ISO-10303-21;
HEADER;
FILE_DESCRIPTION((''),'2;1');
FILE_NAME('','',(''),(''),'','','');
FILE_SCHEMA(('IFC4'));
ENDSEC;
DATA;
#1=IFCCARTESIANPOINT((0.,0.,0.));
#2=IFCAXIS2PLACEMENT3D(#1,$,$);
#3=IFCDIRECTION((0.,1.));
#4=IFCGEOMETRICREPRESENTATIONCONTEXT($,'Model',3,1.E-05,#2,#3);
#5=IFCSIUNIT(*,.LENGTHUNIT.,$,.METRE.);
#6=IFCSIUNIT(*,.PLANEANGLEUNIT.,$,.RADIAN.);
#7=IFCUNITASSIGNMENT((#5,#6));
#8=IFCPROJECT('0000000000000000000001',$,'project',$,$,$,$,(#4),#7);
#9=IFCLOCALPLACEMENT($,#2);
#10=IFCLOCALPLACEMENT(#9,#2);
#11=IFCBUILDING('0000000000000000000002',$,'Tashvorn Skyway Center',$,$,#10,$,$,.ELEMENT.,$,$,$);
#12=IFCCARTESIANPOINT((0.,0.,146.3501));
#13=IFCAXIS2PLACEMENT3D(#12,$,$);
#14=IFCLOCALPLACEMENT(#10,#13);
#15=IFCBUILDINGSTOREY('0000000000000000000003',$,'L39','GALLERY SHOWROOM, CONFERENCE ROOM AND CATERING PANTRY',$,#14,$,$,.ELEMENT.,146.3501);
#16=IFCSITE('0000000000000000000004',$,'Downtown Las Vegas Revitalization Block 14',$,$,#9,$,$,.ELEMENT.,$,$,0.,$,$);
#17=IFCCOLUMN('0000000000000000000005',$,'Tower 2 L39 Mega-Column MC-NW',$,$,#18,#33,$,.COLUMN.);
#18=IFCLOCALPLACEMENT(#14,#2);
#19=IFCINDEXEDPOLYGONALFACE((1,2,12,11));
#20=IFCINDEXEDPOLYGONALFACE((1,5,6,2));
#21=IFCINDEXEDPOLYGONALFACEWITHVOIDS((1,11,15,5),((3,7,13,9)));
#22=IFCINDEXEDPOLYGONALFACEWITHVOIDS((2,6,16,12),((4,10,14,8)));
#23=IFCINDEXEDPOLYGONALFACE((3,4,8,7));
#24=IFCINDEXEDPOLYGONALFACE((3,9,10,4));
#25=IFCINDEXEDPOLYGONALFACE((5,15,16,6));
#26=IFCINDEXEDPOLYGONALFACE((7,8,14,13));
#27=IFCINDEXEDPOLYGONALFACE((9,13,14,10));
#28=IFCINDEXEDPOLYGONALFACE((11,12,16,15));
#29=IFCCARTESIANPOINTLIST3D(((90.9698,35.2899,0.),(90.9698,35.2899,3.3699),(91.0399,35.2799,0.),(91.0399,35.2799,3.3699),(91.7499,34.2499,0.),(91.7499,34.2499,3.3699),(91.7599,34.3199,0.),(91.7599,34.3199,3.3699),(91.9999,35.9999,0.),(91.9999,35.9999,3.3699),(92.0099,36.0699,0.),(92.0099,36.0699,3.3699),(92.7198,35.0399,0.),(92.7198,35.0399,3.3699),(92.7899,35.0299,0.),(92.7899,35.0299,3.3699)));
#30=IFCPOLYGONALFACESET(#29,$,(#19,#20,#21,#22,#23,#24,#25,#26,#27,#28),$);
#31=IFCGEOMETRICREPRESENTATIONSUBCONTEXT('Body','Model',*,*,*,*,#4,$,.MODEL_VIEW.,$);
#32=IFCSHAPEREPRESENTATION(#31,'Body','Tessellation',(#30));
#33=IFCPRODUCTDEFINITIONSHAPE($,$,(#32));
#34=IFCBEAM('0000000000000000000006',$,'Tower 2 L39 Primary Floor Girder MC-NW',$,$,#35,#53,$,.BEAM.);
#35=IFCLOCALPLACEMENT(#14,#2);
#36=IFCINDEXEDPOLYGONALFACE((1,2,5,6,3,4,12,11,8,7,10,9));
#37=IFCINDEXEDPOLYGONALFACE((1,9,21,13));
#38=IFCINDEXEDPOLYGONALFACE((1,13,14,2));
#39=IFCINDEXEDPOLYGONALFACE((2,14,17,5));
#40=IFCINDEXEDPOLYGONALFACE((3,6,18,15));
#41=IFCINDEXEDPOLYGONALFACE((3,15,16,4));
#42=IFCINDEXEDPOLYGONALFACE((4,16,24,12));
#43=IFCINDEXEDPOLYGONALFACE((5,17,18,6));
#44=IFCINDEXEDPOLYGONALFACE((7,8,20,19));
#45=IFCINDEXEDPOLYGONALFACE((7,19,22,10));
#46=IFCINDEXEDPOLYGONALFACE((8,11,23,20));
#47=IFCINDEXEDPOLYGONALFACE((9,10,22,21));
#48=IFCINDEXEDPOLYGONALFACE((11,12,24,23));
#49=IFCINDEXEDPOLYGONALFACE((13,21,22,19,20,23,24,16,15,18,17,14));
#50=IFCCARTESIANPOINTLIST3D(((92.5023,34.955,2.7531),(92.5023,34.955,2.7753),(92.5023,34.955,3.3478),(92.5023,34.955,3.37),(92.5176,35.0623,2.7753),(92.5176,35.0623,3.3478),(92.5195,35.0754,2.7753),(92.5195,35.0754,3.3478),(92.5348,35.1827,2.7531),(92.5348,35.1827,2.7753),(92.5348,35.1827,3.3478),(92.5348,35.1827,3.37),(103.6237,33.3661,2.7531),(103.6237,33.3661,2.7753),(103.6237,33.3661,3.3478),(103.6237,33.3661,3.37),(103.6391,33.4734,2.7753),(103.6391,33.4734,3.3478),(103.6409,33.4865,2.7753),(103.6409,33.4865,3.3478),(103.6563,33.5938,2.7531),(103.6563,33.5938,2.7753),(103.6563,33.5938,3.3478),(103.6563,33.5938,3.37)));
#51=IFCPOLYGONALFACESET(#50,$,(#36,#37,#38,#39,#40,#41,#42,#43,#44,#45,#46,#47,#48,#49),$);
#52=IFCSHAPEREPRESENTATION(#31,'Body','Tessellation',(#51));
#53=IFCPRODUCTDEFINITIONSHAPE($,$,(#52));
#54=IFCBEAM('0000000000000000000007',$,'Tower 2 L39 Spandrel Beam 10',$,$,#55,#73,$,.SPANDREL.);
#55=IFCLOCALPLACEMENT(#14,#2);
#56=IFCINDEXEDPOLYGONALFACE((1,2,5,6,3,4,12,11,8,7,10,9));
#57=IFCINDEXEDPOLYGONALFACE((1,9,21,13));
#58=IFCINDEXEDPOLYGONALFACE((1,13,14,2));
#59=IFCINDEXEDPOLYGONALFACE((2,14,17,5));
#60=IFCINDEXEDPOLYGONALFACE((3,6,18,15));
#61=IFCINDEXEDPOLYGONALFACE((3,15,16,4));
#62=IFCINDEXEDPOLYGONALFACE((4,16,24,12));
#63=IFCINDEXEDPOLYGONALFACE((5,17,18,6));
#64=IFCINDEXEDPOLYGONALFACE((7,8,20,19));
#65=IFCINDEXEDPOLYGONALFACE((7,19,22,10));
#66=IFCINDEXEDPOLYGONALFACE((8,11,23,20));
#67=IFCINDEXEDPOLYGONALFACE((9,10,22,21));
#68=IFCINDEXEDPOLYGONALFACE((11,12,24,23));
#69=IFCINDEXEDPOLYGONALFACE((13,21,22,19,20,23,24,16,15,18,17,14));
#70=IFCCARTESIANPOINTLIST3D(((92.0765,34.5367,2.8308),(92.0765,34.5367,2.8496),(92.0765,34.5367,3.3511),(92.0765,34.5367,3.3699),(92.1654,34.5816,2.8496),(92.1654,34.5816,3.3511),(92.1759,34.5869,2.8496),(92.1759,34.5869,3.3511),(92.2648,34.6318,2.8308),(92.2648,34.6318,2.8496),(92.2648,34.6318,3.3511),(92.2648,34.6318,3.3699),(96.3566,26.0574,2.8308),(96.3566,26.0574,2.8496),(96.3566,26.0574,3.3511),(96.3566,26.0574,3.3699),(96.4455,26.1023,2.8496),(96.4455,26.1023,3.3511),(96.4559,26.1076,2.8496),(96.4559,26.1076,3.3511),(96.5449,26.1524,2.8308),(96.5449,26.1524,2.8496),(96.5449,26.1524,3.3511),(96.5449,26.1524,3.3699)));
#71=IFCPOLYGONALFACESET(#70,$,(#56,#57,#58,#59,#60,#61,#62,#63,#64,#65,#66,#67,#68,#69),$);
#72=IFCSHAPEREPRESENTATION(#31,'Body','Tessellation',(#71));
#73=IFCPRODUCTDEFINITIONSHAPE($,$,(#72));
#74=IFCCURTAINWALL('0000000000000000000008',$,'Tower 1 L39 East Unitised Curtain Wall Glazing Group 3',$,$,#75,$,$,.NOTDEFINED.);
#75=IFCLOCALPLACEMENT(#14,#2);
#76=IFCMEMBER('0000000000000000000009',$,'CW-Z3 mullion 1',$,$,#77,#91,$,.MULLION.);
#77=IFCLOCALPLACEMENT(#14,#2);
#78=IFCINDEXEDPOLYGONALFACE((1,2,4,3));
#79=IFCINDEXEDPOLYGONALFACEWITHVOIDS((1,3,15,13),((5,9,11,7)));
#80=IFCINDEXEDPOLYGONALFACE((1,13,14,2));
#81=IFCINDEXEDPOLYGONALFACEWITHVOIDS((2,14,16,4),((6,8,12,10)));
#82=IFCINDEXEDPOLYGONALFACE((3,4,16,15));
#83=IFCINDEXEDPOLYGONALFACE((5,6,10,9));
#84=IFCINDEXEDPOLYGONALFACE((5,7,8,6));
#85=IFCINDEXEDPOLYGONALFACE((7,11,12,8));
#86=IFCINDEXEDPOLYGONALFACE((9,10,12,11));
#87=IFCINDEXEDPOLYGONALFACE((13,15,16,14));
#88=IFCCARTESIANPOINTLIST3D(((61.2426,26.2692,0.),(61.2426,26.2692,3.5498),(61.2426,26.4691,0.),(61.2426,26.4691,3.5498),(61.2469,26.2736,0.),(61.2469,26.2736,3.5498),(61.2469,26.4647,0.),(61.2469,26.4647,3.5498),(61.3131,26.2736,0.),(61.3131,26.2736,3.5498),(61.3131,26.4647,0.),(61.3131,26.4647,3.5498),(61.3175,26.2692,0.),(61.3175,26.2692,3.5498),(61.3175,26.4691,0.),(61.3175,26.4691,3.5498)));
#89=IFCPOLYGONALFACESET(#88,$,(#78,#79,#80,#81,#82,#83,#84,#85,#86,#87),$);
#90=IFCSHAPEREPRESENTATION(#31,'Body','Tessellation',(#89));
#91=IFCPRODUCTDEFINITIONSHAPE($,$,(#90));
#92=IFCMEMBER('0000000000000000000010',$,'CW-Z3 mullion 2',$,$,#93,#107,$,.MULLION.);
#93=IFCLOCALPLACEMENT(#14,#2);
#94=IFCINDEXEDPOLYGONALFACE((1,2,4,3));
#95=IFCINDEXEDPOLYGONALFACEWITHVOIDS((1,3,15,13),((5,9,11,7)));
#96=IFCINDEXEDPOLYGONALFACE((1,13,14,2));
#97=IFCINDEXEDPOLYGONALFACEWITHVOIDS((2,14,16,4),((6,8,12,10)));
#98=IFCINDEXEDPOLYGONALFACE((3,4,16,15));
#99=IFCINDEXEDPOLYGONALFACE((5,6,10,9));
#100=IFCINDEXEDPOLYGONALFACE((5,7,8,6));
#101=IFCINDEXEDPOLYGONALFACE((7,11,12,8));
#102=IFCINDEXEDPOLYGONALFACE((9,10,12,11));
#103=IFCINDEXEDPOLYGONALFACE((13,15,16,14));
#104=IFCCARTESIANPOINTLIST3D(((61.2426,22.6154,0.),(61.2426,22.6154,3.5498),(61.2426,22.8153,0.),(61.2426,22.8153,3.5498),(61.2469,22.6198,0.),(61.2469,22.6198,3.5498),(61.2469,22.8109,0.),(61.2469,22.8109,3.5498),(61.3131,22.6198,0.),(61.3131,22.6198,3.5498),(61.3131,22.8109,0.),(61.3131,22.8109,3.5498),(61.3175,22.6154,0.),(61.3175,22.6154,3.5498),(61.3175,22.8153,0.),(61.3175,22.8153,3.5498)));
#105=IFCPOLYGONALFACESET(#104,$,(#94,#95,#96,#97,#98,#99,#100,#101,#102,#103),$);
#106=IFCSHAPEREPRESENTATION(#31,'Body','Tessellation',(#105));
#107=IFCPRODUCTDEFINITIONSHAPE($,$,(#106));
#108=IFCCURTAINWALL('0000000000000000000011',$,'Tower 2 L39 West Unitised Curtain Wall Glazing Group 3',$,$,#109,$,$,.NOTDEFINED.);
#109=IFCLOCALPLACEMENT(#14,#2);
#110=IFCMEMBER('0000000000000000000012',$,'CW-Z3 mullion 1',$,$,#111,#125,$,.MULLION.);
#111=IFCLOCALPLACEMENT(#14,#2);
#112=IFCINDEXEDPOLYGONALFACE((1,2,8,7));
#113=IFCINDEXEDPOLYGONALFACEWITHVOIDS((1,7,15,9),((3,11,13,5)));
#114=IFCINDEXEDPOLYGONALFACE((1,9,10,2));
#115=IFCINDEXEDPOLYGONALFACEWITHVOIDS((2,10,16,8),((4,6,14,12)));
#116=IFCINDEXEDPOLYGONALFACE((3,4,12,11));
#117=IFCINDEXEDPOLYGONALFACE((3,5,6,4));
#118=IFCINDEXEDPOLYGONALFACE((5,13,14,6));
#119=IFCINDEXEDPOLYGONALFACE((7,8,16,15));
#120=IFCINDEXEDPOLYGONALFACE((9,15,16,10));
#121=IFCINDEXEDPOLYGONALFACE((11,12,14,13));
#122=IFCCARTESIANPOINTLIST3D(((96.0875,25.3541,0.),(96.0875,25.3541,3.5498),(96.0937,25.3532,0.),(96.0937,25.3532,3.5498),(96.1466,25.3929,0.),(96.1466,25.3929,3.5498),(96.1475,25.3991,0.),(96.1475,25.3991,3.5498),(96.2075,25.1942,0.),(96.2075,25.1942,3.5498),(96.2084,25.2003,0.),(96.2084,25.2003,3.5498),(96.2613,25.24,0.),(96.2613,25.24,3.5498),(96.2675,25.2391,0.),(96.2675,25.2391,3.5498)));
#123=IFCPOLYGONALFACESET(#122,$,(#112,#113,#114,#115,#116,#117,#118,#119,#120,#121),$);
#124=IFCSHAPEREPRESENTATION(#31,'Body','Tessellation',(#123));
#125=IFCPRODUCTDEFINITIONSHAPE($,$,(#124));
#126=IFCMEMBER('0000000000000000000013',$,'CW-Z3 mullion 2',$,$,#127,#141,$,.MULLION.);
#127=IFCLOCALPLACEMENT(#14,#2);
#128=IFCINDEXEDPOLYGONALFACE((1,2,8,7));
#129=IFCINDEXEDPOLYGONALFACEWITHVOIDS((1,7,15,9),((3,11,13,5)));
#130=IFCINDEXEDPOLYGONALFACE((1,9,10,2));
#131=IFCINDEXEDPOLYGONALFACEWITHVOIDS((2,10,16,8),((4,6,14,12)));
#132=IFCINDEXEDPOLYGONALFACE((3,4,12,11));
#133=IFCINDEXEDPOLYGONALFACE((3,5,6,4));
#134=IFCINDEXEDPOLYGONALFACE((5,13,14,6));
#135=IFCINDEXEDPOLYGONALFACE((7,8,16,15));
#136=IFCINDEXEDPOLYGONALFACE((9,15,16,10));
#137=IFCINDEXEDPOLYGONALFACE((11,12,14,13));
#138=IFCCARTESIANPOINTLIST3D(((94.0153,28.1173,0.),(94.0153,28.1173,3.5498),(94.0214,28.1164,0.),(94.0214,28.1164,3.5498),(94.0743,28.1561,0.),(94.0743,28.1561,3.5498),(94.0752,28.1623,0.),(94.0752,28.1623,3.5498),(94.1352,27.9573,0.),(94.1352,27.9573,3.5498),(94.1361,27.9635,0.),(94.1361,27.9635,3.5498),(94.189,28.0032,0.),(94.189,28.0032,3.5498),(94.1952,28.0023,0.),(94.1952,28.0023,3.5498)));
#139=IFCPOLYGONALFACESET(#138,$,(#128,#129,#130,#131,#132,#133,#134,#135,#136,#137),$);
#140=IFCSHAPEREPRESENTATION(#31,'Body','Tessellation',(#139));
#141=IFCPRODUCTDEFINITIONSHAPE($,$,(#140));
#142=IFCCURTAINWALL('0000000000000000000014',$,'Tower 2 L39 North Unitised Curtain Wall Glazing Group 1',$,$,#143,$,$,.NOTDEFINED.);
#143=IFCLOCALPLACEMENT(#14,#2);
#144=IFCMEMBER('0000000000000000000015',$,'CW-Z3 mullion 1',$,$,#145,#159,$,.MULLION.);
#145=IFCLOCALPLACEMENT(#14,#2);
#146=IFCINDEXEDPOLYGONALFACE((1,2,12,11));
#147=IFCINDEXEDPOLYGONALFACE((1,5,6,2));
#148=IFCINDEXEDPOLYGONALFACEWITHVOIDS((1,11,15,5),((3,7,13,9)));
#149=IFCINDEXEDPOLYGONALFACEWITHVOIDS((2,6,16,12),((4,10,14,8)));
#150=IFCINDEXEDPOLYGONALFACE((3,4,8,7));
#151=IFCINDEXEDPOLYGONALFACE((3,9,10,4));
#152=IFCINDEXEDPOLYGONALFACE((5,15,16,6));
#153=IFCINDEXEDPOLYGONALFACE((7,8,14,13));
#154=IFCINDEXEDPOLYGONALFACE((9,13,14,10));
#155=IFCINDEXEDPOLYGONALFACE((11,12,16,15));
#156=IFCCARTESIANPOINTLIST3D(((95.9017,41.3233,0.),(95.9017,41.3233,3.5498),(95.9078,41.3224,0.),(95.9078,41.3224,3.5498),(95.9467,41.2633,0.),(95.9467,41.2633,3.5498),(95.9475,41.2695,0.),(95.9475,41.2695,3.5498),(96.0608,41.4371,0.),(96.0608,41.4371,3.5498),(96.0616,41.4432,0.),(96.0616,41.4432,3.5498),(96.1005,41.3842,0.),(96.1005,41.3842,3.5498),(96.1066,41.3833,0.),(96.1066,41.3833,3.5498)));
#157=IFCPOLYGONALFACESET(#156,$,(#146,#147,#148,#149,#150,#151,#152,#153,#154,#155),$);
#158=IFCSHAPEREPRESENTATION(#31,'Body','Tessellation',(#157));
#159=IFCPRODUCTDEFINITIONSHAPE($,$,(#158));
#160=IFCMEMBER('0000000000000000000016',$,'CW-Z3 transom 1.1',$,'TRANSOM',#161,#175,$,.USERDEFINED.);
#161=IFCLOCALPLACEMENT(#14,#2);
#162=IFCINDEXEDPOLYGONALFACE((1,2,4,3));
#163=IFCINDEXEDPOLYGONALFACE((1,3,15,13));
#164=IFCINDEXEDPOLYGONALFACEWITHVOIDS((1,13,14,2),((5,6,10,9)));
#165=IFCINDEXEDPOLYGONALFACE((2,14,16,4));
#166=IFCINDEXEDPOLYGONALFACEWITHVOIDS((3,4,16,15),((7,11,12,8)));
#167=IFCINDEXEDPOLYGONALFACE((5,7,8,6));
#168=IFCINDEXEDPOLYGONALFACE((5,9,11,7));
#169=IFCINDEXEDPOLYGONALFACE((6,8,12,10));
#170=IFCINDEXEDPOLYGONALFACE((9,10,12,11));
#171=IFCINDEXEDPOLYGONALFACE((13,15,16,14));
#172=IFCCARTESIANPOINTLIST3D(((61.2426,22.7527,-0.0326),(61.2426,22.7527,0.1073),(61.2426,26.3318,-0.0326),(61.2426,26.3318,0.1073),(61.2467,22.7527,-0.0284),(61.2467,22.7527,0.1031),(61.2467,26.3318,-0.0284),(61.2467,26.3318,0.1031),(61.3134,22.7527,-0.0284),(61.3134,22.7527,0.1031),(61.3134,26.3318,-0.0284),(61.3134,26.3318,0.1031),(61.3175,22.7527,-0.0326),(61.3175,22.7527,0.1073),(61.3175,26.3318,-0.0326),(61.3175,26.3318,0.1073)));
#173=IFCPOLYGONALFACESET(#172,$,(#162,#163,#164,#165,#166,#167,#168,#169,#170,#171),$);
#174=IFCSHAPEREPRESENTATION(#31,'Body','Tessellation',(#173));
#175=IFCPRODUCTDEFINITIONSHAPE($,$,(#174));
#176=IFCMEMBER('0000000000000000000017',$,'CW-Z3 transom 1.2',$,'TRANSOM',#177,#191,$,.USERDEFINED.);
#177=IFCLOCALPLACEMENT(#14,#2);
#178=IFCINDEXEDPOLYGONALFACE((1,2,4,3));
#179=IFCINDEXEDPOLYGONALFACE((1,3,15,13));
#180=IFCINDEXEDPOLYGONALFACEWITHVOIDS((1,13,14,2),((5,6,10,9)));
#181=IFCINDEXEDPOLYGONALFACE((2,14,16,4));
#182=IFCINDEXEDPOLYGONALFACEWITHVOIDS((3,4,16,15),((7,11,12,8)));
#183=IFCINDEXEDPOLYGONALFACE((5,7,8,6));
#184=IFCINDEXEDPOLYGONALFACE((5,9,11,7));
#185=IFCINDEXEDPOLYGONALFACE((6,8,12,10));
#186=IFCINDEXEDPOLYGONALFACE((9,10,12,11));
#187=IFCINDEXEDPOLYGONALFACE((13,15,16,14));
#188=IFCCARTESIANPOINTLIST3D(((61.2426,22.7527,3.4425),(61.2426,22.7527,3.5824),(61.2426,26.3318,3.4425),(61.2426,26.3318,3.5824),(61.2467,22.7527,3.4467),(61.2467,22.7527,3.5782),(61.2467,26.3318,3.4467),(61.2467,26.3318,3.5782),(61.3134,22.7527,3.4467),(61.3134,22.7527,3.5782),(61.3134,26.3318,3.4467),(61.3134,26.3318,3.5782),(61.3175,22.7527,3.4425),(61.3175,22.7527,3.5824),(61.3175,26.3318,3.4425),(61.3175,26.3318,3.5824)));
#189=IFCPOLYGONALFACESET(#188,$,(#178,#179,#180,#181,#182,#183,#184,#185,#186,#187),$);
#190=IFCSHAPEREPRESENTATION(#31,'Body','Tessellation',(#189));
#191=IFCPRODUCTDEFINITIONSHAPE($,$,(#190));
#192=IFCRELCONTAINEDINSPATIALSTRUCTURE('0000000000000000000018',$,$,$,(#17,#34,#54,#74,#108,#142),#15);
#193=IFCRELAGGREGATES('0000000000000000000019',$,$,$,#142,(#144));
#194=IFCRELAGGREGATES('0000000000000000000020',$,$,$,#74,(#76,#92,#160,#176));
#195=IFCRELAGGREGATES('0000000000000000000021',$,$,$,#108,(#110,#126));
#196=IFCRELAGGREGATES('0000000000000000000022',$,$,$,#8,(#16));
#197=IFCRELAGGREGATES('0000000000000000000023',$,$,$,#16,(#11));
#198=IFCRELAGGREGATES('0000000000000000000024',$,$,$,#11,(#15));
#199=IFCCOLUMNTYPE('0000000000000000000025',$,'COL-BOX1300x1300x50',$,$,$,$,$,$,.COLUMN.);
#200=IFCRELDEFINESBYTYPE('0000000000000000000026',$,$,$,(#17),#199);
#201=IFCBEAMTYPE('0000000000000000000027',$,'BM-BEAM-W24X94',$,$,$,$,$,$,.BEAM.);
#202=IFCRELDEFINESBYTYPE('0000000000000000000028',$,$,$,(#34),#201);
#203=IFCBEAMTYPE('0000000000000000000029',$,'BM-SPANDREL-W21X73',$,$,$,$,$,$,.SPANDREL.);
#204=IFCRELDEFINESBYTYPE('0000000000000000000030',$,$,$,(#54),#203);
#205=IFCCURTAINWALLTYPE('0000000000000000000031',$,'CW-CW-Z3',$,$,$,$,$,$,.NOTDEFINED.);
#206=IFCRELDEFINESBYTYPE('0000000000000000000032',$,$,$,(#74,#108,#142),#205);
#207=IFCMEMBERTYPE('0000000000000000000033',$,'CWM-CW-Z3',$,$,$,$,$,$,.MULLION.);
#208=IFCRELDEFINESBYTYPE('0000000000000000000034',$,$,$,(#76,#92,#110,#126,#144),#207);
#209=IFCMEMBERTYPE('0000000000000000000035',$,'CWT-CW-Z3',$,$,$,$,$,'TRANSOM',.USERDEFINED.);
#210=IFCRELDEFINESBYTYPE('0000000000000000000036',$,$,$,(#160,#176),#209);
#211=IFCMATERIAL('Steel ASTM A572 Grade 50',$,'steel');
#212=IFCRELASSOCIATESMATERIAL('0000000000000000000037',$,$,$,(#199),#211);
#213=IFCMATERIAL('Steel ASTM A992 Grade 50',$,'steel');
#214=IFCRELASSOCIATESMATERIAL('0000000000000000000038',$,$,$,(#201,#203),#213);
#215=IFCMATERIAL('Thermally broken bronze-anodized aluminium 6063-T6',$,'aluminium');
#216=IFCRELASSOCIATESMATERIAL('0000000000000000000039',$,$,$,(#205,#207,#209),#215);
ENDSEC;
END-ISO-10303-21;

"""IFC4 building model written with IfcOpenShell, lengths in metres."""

from ifc_helpers import new_model, si_unit, direction, frame, origin, origin_2d, place, context, subcontext, project, spatial, hollow_rectangle, i_section, extrude, material, material_profile, profile_set, type_object, element, aggregate, save


model = new_model("IFC4")

# Units and contexts
model_context = context("Model", 3, precision=1e-05, world=origin(), true_north=direction((0.0, 1.0)))
body_context = subcontext(model_context, "Body", "Model", "MODEL_VIEW")
ifc_project = project(units=[si_unit("LENGTHUNIT", "METRE"), si_unit("PLANEANGLEUNIT", "RADIAN")], contexts=[model_context])

# Site, building, storey
site_placement = place(None, origin())
site = spatial("IfcSite", under=ifc_project, at=site_placement, Name="Downtown Las Vegas Revitalization Block 14", CompositionType="ELEMENT", RefElevation=0.0)
building_placement = place(site_placement, origin())
building = spatial("IfcBuilding", under=site, at=building_placement, Name="Tashvorn Skyway Center", CompositionType="ELEMENT")
storey_placement = place(building_placement, frame((0.0, 0.0, 146.3501)))
storey = spatial("IfcBuildingStorey", under=building, at=storey_placement, Name="L39", Description="GALLERY SHOWROOM, CONFERENCE ROOM AND CATERING PANTRY", CompositionType="ELEMENT", Elevation=146.3501)

# Column
ifc_material_1 = material(Name="Steel ASTM A572 Grade 50", Category="steel")
ifc_material_profile_1 = material_profile(ifc_material_1, hollow_rectangle(XDim=1.3, YDim=1.3, WallThickness=0.05, at=origin_2d()), Name="BOX1300x1300x50")
ifc_profile_set_1 = profile_set([ifc_material_profile_1], Name="Steel ASTM A572 Grade 50")
column_type = type_object("IfcColumnType", Name="COL-BOX1300x1300x50", PredefinedType="COLUMN", material=ifc_profile_set_1)
column_placement = place(storey_placement, frame((91.8799, 35.1599, 0.0), z_axis=(0.0, 0.0, 1.0), x_axis=(0.8, 0.6, 0.0)))
element("IfcColumn", 1, at=column_placement, inside=storey, type_object=column_type, Name="Tower 2 L39 Mega-Column MC-NW", PredefinedType="COLUMN", context=body_context, shape_type="SweptSolid", body=[
    extrude(hollow_rectangle(XDim=1.3, YDim=1.3, WallThickness=0.05, at=origin_2d()), origin(), (0.0, 0.0, 1.0), 3.3699),
])

# Beams
ifc_material_2 = material(Name="Steel ASTM A992 Grade 50", Category="steel")
ifc_material_profile_2 = material_profile(ifc_material_2, i_section(OverallWidth=0.23, OverallDepth=0.6169, WebThickness=0.0132, FlangeThickness=0.0222, at=origin_2d()), Name="W24X94")
ifc_profile_set_2 = profile_set([ifc_material_profile_2], Name="Steel ASTM A992 Grade 50")
beam_type_1 = type_object("IfcBeamType", Name="BM-BEAM-W24X94", PredefinedType="BEAM", material=ifc_profile_set_2)
beam_1_placement = place(storey_placement, frame((92.5186, 35.0688, 3.0615), z_axis=(0.989948, -0.14143, 0.0), x_axis=(0.14143, 0.989948, 0.0)))
element("IfcBeam", 2, at=beam_1_placement, inside=storey, type_object=beam_type_1, Name="Tower 2 L39 Primary Floor Girder MC-NW", PredefinedType="BEAM", context=body_context, shape_type="SweptSolid", body=[
    extrude(i_section(OverallWidth=0.23, OverallDepth=0.6169, WebThickness=0.0132, FlangeThickness=0.0222, at=origin_2d()), origin(), (0.0, 0.0, 1.0), 11.2344),
])
ifc_material_profile_3 = material_profile(ifc_material_2, i_section(OverallWidth=0.2109, OverallDepth=0.5391, WebThickness=0.0117, FlangeThickness=0.0188, at=origin_2d()), Name="W21X73")
ifc_profile_set_3 = profile_set([ifc_material_profile_3], Name="Steel ASTM A992 Grade 50")
beam_type_2 = type_object("IfcBeamType", Name="BM-SPANDREL-W21X73", PredefinedType="SPANDREL", material=ifc_profile_set_3)
beam_2_placement = place(storey_placement, frame((92.1707, 34.5842, 3.1003), z_axis=(0.450614, -0.892719, 0.0), x_axis=(0.892719, 0.450614, 0.0)))
element("IfcBeam", 3, at=beam_2_placement, inside=storey, type_object=beam_type_2, Name="Tower 2 L39 Spandrel Beam 10", PredefinedType="SPANDREL", context=body_context, shape_type="SweptSolid", body=[
    extrude(i_section(OverallWidth=0.2109, OverallDepth=0.5391, WebThickness=0.0117, FlangeThickness=0.0188, at=origin_2d()), origin(), (0.0, 0.0, 1.0), 9.4983),
])

# Curtain walls, members
ifc_material_3 = material(Name="Thermally broken bronze-anodized aluminium 6063-T6", Category="aluminium")
curtain_wall_type = type_object("IfcCurtainWallType", Name="CW-CW-Z3", PredefinedType="NOTDEFINED", material=ifc_material_3)
curtain_wall_1_placement = place(storey_placement, origin())
curtain_wall_1 = element("IfcCurtainWall", 4, at=curtain_wall_1_placement, inside=storey, type_object=curtain_wall_type, Name="Tower 1 L39 East Unitised Curtain Wall Glazing Group 3", PredefinedType="NOTDEFINED")
ifc_material_profile_4 = material_profile(ifc_material_3, hollow_rectangle(XDim=0.075, YDim=0.2, WallThickness=0.0044, at=origin_2d()), Name="ALU-MULL-75x200")
ifc_profile_set_4 = profile_set([ifc_material_profile_4], Name="Thermally broken bronze-anodized aluminium 6063-T6")
member_type_1 = type_object("IfcMemberType", Name="CWM-CW-Z3", PredefinedType="MULLION", material=ifc_profile_set_4)
member_1_placement = place(storey_placement, frame((61.28, 26.3691, 0.0), z_axis=(0.0, 0.0, 1.0), x_axis=(1.0, 0.0, 0.0)))
member_1 = element("IfcMember", 5, at=member_1_placement, type_object=member_type_1, Name="CW-Z3 mullion 1", PredefinedType="MULLION", context=body_context, shape_type="SweptSolid", body=[
    extrude(hollow_rectangle(XDim=0.075, YDim=0.2, WallThickness=0.0044, at=origin_2d()), origin(), (0.0, 0.0, 1.0), 3.5498),
])
member_2_placement = place(storey_placement, frame((61.28, 22.7153, 0.0), z_axis=(0.0, 0.0, 1.0), x_axis=(1.0, 0.0, 0.0)))
member_2 = element("IfcMember", 6, at=member_2_placement, type_object=member_type_1, Name="CW-Z3 mullion 2", PredefinedType="MULLION", context=body_context, shape_type="SweptSolid", body=[
    extrude(hollow_rectangle(XDim=0.075, YDim=0.2, WallThickness=0.0044, at=origin_2d()), origin(), (0.0, 0.0, 1.0), 3.5498),
])
curtain_wall_2_placement = place(storey_placement, origin())
curtain_wall_2 = element("IfcCurtainWall", 7, at=curtain_wall_2_placement, inside=storey, type_object=curtain_wall_type, Name="Tower 2 L39 West Unitised Curtain Wall Glazing Group 3", PredefinedType="NOTDEFINED")
member_3_placement = place(storey_placement, frame((96.1775, 25.2966, 0.0), z_axis=(0.0, 0.0, 1.0), x_axis=(-0.800003, -0.599995, 0.0)))
member_3 = element("IfcMember", 8, at=member_3_placement, type_object=member_type_1, Name="CW-Z3 mullion 1", PredefinedType="MULLION", context=body_context, shape_type="SweptSolid", body=[
    extrude(hollow_rectangle(XDim=0.075, YDim=0.2, WallThickness=0.0044, at=origin_2d()), origin(), (0.0, 0.0, 1.0), 3.5498),
])
member_4_placement = place(storey_placement, frame((94.1052, 28.0598, 0.0), z_axis=(0.0, 0.0, 1.0), x_axis=(-0.800003, -0.599995, 0.0)))
member_4 = element("IfcMember", 9, at=member_4_placement, type_object=member_type_1, Name="CW-Z3 mullion 2", PredefinedType="MULLION", context=body_context, shape_type="SweptSolid", body=[
    extrude(hollow_rectangle(XDim=0.075, YDim=0.2, WallThickness=0.0044, at=origin_2d()), origin(), (0.0, 0.0, 1.0), 3.5498),
])

# Curtain wall, member
curtain_wall_3_placement = place(storey_placement, origin())
curtain_wall_3 = element("IfcCurtainWall", 10, at=curtain_wall_3_placement, inside=storey, type_object=curtain_wall_type, Name="Tower 2 L39 North Unitised Curtain Wall Glazing Group 1", PredefinedType="NOTDEFINED")
member_5_placement = place(storey_placement, frame((96.0042, 41.3533, 0.0), z_axis=(0.0, 0.0, 1.0), x_axis=(-0.599995, 0.800003, 0.0)))
member_5 = element("IfcMember", 11, at=member_5_placement, type_object=member_type_1, Name="CW-Z3 mullion 1", PredefinedType="MULLION", context=body_context, shape_type="SweptSolid", body=[
    extrude(hollow_rectangle(XDim=0.075, YDim=0.2, WallThickness=0.0044, at=origin_2d()), origin(), (0.0, 0.0, 1.0), 3.5498),
])

# Members
ifc_material_profile_5 = material_profile(ifc_material_3, hollow_rectangle(XDim=0.075, YDim=0.1399, WallThickness=0.0042, at=origin_2d()), Name="ALU-TRAN-75x140")
ifc_profile_set_5 = profile_set([ifc_material_profile_5], Name="Thermally broken bronze-anodized aluminium 6063-T6")
member_type_2 = type_object("IfcMemberType", Name="CWT-CW-Z3", ElementType="TRANSOM", PredefinedType="USERDEFINED", material=ifc_profile_set_5)
member_6_placement = place(storey_placement, frame((61.28, 26.3318, 0.0374), z_axis=(0.0, -1.0, 0.0), x_axis=(1.0, 0.0, 0.0)))
member_6 = element("IfcMember", 12, at=member_6_placement, type_object=member_type_2, Name="CW-Z3 transom 1.1", ObjectType="TRANSOM", PredefinedType="USERDEFINED", context=body_context, shape_type="SweptSolid", body=[
    extrude(hollow_rectangle(XDim=0.075, YDim=0.1399, WallThickness=0.0042, at=origin_2d()), origin(), (0.0, 0.0, 1.0), 3.5791),
])
member_7_placement = place(storey_placement, frame((61.28, 26.3318, 3.5125), z_axis=(0.0, -1.0, 0.0), x_axis=(1.0, 0.0, 0.0)))
member_7 = element("IfcMember", 13, at=member_7_placement, type_object=member_type_2, Name="CW-Z3 transom 1.2", ObjectType="TRANSOM", PredefinedType="USERDEFINED", context=body_context, shape_type="SweptSolid", body=[
    extrude(hollow_rectangle(XDim=0.075, YDim=0.1399, WallThickness=0.0042, at=origin_2d()), origin(), (0.0, 0.0, 1.0), 3.5791),
])
aggregate(curtain_wall_3, [member_5])

aggregate(curtain_wall_1, [member_1, member_2, member_6, member_7])
aggregate(curtain_wall_2, [member_3, member_4])

save(model, "model.ifc")
